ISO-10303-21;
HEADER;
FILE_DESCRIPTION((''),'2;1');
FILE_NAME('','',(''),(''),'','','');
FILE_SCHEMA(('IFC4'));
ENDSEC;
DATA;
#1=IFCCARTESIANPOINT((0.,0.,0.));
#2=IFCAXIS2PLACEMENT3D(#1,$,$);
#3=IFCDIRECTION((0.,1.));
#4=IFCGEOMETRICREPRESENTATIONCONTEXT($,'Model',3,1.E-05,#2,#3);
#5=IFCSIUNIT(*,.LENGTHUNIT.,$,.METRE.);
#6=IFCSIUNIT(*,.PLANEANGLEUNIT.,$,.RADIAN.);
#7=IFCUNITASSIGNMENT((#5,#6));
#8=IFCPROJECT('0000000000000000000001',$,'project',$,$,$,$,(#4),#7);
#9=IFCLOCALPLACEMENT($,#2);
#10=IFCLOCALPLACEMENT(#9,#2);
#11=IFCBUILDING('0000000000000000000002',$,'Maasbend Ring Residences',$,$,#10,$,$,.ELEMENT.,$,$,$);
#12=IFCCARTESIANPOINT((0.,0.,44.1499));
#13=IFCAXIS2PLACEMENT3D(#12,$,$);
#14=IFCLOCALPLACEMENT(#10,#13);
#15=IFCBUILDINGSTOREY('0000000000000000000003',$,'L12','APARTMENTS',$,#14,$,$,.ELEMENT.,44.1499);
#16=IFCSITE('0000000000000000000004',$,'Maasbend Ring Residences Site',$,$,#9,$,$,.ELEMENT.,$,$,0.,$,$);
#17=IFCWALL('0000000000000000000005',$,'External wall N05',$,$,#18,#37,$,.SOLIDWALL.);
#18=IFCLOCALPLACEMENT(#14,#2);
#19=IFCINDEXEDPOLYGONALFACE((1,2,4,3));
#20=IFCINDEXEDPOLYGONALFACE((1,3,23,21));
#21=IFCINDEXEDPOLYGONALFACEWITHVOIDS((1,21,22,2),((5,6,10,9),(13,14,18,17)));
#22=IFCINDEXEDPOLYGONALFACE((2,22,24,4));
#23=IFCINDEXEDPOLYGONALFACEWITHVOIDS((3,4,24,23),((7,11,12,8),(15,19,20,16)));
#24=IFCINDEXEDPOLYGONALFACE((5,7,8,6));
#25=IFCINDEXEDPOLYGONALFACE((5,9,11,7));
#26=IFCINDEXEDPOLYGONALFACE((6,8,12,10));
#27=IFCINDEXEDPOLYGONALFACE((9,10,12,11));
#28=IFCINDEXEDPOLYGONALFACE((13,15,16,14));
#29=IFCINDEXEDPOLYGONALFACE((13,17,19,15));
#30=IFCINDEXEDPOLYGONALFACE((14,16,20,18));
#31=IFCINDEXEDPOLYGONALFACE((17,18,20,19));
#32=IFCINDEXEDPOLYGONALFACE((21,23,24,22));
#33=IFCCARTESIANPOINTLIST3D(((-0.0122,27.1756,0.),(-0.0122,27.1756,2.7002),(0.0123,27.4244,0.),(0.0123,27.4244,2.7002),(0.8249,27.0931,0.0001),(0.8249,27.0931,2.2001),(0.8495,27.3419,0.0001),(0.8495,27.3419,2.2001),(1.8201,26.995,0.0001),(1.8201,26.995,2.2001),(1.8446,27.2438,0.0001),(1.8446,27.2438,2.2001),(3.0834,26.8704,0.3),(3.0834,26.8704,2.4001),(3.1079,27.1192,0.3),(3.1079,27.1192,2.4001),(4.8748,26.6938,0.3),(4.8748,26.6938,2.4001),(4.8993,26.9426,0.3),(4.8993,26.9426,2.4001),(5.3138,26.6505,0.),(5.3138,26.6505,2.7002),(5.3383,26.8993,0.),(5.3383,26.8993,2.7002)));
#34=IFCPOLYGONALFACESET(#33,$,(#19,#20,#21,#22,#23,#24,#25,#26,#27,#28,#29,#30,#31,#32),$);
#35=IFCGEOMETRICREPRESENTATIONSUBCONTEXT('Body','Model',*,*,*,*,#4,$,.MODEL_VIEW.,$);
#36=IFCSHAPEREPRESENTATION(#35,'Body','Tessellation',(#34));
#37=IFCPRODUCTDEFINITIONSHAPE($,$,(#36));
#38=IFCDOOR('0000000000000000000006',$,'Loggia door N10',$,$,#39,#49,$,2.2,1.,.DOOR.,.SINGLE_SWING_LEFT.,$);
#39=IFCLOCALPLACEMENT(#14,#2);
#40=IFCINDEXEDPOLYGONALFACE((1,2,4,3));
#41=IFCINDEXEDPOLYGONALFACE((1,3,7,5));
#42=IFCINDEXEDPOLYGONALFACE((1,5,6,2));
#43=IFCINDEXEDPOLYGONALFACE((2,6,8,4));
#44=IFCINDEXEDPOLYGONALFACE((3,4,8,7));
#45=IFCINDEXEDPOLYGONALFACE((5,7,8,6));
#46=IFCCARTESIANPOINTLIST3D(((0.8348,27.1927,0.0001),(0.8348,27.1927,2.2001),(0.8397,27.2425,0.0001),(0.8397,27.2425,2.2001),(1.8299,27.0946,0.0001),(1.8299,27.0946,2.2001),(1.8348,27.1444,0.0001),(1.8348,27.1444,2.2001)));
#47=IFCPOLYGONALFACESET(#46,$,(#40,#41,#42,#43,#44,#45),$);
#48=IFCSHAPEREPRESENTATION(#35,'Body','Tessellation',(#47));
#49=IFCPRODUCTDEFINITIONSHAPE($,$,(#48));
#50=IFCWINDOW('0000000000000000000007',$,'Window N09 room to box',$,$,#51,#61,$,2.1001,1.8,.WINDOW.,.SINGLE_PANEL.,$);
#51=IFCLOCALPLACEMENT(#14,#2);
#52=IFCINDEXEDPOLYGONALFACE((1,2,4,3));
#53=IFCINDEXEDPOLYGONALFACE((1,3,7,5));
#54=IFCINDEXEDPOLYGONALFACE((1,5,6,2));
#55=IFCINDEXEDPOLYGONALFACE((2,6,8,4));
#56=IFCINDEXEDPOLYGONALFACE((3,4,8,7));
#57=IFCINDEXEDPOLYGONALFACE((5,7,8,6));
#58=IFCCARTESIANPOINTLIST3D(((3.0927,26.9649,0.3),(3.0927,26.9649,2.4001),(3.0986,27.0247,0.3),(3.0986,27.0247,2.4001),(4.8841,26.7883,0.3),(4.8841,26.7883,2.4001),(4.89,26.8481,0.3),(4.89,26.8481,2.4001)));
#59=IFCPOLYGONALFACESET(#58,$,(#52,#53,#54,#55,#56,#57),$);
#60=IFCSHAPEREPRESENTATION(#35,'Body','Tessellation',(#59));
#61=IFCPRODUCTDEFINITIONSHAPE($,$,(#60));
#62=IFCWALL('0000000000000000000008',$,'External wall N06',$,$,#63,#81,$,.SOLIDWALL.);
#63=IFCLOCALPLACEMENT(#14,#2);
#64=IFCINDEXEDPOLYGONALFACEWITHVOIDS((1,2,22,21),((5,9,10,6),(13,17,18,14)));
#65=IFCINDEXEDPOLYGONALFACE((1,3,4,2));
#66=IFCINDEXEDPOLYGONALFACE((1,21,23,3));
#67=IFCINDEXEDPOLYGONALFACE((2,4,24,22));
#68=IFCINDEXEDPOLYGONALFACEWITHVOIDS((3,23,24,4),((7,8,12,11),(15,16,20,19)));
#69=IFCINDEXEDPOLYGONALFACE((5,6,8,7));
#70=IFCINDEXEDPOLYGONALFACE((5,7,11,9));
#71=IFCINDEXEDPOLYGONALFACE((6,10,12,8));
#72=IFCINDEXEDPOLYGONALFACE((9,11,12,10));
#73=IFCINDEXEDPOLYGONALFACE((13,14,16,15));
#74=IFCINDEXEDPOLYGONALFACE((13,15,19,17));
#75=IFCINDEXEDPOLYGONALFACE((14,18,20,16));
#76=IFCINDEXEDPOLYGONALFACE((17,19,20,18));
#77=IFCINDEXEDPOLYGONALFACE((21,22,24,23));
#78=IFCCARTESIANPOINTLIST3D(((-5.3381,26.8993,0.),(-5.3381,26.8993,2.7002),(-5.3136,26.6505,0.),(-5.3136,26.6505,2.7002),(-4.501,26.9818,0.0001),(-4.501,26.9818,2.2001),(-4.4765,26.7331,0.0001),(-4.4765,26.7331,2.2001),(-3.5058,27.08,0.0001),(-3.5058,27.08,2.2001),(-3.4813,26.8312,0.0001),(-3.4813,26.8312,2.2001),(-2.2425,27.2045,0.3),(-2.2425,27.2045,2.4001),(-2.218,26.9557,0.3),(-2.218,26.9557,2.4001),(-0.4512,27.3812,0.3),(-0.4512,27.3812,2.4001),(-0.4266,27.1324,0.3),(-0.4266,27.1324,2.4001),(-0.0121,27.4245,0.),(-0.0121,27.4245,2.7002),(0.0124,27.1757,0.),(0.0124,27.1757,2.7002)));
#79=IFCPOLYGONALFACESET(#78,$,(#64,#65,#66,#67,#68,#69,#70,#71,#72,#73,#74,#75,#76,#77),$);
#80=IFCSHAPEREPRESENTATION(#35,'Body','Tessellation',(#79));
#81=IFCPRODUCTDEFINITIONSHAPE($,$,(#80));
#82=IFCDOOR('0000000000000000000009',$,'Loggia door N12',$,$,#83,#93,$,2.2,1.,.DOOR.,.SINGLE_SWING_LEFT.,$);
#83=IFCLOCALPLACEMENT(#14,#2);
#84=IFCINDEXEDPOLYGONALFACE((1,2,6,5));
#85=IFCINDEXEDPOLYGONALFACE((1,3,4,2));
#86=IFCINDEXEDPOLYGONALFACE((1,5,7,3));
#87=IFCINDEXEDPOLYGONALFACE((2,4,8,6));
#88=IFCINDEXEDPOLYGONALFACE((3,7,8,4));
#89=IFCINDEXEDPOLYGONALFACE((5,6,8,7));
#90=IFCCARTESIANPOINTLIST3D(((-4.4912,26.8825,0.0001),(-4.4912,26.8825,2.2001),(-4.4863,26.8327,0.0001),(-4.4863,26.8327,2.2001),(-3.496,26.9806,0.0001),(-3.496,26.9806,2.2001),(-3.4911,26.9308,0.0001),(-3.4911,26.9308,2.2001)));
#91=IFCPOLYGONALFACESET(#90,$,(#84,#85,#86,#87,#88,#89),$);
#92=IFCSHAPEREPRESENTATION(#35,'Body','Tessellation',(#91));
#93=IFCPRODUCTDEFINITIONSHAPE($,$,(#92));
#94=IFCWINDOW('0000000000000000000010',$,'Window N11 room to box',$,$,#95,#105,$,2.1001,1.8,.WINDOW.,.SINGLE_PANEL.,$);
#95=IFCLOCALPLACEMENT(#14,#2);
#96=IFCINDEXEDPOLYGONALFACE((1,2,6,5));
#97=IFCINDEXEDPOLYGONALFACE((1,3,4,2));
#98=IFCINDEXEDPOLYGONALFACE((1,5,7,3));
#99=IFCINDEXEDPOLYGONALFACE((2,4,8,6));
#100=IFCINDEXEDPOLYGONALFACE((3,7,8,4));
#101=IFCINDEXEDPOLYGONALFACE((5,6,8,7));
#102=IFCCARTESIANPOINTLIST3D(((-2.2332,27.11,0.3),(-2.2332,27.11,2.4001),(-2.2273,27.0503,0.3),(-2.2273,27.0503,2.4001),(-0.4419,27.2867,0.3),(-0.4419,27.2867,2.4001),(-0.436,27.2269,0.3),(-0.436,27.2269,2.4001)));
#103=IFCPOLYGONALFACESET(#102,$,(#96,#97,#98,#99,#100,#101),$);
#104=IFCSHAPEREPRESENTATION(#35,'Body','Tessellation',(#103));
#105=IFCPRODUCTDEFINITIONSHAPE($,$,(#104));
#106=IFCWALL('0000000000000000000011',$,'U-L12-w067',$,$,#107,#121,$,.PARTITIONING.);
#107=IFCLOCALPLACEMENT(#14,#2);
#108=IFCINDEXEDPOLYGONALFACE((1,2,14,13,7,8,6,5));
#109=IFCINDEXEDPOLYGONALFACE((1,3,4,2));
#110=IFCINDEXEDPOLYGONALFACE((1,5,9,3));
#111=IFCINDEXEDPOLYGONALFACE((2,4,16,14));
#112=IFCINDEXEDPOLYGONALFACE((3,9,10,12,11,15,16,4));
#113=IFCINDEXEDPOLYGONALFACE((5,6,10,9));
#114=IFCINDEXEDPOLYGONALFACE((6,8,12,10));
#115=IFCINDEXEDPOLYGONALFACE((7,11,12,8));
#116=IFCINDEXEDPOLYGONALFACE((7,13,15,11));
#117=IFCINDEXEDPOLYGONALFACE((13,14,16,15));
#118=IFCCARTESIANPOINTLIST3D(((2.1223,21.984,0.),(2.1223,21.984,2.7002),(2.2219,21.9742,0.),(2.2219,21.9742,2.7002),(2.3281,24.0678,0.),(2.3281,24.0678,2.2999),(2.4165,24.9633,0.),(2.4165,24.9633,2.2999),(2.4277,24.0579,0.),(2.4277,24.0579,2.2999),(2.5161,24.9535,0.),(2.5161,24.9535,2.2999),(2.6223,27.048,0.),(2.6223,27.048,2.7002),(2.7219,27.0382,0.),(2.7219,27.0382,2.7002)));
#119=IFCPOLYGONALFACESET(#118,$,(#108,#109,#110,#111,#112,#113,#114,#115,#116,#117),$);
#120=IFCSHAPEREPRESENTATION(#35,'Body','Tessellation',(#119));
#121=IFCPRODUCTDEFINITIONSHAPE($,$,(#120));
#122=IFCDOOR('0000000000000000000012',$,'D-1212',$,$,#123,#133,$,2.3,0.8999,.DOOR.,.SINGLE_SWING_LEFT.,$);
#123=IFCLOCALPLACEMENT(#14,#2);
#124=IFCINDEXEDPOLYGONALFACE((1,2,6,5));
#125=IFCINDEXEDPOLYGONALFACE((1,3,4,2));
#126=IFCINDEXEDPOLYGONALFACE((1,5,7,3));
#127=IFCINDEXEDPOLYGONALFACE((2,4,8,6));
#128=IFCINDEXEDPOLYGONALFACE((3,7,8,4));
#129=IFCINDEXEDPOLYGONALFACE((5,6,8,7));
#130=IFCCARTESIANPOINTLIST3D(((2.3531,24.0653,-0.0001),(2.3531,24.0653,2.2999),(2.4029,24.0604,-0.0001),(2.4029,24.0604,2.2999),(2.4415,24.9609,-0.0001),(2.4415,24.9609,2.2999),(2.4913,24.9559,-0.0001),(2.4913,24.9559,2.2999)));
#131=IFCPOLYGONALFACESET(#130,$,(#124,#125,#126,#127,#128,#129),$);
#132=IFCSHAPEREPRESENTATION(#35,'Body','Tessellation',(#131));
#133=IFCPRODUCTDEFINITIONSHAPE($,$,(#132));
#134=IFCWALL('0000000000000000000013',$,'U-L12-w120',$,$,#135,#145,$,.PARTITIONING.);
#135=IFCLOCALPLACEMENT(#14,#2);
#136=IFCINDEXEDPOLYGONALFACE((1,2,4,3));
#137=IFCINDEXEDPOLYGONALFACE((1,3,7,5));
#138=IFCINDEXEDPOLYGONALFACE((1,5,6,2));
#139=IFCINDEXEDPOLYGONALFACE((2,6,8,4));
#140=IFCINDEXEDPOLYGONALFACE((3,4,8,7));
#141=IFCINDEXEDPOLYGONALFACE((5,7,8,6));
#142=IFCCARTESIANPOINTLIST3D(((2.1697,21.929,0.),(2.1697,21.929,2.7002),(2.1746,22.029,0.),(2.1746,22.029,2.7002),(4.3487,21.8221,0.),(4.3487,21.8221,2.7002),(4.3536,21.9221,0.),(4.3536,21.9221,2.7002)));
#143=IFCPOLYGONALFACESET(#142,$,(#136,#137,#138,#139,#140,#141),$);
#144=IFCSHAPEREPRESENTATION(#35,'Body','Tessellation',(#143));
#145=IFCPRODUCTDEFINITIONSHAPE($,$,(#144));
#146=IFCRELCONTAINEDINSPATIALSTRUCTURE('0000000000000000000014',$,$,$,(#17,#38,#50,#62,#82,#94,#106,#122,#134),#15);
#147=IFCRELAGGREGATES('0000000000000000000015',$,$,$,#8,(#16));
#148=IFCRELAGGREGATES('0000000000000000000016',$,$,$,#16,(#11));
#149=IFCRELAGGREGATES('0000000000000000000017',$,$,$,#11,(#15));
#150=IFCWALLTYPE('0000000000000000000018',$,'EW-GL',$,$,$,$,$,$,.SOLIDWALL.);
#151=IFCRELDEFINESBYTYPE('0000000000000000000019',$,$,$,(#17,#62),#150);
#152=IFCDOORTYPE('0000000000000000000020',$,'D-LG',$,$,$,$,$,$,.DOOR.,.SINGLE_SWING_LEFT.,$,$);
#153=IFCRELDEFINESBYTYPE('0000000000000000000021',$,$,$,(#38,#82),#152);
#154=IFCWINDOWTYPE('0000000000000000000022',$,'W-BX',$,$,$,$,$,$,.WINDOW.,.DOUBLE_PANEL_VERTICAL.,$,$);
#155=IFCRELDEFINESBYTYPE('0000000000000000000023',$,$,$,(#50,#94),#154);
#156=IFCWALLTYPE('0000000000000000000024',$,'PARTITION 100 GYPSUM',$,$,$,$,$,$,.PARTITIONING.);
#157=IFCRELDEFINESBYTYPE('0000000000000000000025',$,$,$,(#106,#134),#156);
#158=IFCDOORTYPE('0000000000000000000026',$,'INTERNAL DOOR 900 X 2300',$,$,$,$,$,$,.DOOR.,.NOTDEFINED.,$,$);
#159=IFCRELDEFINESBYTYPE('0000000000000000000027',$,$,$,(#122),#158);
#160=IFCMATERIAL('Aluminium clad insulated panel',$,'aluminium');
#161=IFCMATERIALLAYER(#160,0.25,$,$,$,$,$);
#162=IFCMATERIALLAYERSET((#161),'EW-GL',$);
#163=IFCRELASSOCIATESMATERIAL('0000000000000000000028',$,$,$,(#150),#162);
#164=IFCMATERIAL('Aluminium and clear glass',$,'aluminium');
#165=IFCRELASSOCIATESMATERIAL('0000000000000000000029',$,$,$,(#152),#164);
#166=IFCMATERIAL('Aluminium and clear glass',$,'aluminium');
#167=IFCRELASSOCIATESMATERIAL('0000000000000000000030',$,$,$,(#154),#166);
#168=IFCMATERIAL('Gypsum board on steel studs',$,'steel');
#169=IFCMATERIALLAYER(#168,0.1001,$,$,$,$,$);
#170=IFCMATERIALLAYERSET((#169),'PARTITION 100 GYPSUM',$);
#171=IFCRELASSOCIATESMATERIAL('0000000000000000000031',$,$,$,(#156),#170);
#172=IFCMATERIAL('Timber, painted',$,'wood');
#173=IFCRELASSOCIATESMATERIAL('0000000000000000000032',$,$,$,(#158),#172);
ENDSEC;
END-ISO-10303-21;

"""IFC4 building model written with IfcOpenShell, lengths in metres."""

from ifc_helpers import new_model, si_unit, direction, frame, frame_2d, origin, place, context, subcontext, project, spatial, rectangle, extrude, material, layer, layer_set, type_object, element, fill, save


model = new_model("IFC4")

# Units and contexts
model_context = context("Model", 3, precision=1e-05, world=origin(), true_north=direction((0.0, 1.0)))
body_context = subcontext(model_context, "Body", "Model", "MODEL_VIEW")
ifc_project = project(units=[si_unit("LENGTHUNIT", "METRE"), si_unit("PLANEANGLEUNIT", "RADIAN")], contexts=[model_context])

# Site, building, storey
site_placement = place(None, origin())
site = spatial("IfcSite", under=ifc_project, at=site_placement, Name="Maasbend Ring Residences Site", CompositionType="ELEMENT", RefElevation=0.0)
building_placement = place(site_placement, origin())
building = spatial("IfcBuilding", under=site, at=building_placement, Name="Maasbend Ring Residences", CompositionType="ELEMENT")
storey_placement = place(building_placement, frame((0.0, 0.0, 44.1499)))
storey = spatial("IfcBuildingStorey", under=building, at=storey_placement, Name="L12", Description="APARTMENTS", CompositionType="ELEMENT", Elevation=44.1499)

# Walls, openings, doors, windows
ifc_material_1 = material(Name="Aluminium clad insulated panel", Category="aluminium")
ifc_layer_1 = layer(ifc_material_1, 0.25)
ifc_layer_set_1 = layer_set([ifc_layer_1], Name="EW-GL")
wall_type_1 = type_object("IfcWallType", Name="EW-GL", PredefinedType="SOLIDWALL", material=ifc_layer_set_1)
ifc_material_2 = material(Name="Aluminium and clear glass", Category="aluminium")
door_type_1 = type_object("IfcDoorType", Name="D-LG", OperationType="SINGLE_SWING_LEFT", PredefinedType="DOOR", material=ifc_material_2)
ifc_material_3 = material(Name="Aluminium and clear glass", Category="aluminium")
window_type_1 = type_object("IfcWindowType", Name="W-BX", PartitioningType="DOUBLE_PANEL_VERTICAL", PredefinedType="WINDOW", material=ifc_material_3)
wall_1_placement = place(storey_placement, frame((5.3259, 26.7749, 0.0), z_axis=(0.0, 0.0, 1.0), x_axis=(-0.995174, 0.098126, 0.0)))
wall_1 = element("IfcWall", 1, at=wall_1_placement, inside=storey, type_object=wall_type_1, Name="External wall N05", PredefinedType="SOLIDWALL", context=body_context, shape_type="SweptSolid", body=[
    extrude(rectangle(XDim=5.3518, YDim=0.25, at=frame_2d((2.6758, 0.0))), origin(), (0.0, 0.0, 1.0), 2.7002),
])
opening_1_placement = place(wall_1_placement, frame((0.4412, 0.0, 0.3)))
opening_1 = element("IfcOpeningElement", 2, at=opening_1_placement, cuts=wall_1, PredefinedType="OPENING", context=body_context, shape_type="SweptSolid", body=[
    extrude(rectangle(XDim=1.8, YDim=2.1001, at=frame_2d((0.8999, 1.05))), frame((0.0, 0.135, 0.0), z_axis=(0.0, -1.0, 0.0), x_axis=(1.0, 0.0, 0.0)), (0.0, 0.0, 1.0), 0.27),
])
opening_2_placement = place(wall_1_placement, frame((3.5105, 0.0, 0.0)))
opening_2 = element("IfcOpeningElement", 3, at=opening_2_placement, cuts=wall_1, PredefinedType="OPENING", context=body_context, shape_type="SweptSolid", body=[
    extrude(rectangle(XDim=1.0, YDim=2.2, at=frame_2d((0.5, 1.1001))), frame((0.0, 0.135, 0.0), z_axis=(0.0, -1.0, 0.0), x_axis=(1.0, 0.0, 0.0)), (0.0, 0.0, 1.0), 0.27),
])
door_1_placement = place(opening_2_placement, origin())
door_1 = element("IfcDoor", 4, at=door_1_placement, inside=storey, type_object=door_type_1, Name="Loggia door N10", OperationType="SINGLE_SWING_LEFT", OverallHeight=2.2, OverallWidth=1.0, PredefinedType="DOOR", context=body_context, shape_type="SweptSolid", body=[
    extrude(rectangle(XDim=1.0, YDim=2.2, at=frame_2d((0.5, 1.1001))), frame((0.0, 0.0249, 0.0), z_axis=(0.0, -1.0, 0.0), x_axis=(1.0, 0.0, 0.0)), (0.0, 0.0, 1.0), 0.05),
])
fill(opening_2, door_1)
window_1_placement = place(opening_1_placement, origin())
window_1 = element("IfcWindow", 5, at=window_1_placement, inside=storey, type_object=window_type_1, Name="Window N09 room to box", OverallHeight=2.1001, OverallWidth=1.8, PartitioningType="SINGLE_PANEL", PredefinedType="WINDOW", context=body_context, shape_type="SweptSolid", body=[
    extrude(rectangle(XDim=1.8, YDim=2.1001, at=frame_2d((0.8999, 1.05))), frame((0.0, 0.03, 0.0), z_axis=(0.0, -1.0, 0.0), x_axis=(1.0, 0.0, 0.0)), (0.0, 0.0, 1.0), 0.0601),
])
fill(opening_1, window_1)
wall_2_placement = place(storey_placement, frame((0.0, 27.3, 0.0), z_axis=(0.0, 0.0, 1.0), x_axis=(-0.995174, -0.098126, 0.0)))
wall_2 = element("IfcWall", 6, at=wall_2_placement, inside=storey, type_object=wall_type_1, Name="External wall N06", PredefinedType="SOLIDWALL", context=body_context, shape_type="SweptSolid", body=[
    extrude(rectangle(XDim=5.3518, YDim=0.25, at=frame_2d((2.6758, 0.0))), origin(), (0.0, 0.0, 1.0), 2.7002),
])
opening_3_placement = place(wall_2_placement, frame((0.4412, 0.0, 0.3)))
opening_3 = element("IfcOpeningElement", 7, at=opening_3_placement, cuts=wall_2, PredefinedType="OPENING", context=body_context, shape_type="SweptSolid", body=[
    extrude(rectangle(XDim=1.8, YDim=2.1001, at=frame_2d((0.8999, 1.05))), frame((0.0, 0.135, 0.0), z_axis=(0.0, -1.0, 0.0), x_axis=(1.0, 0.0, 0.0)), (0.0, 0.0, 1.0), 0.27),
])
opening_4_placement = place(wall_2_placement, frame((3.5105, 0.0, 0.0)))
opening_4 = element("IfcOpeningElement", 8, at=opening_4_placement, cuts=wall_2, PredefinedType="OPENING", context=body_context, shape_type="SweptSolid", body=[
    extrude(rectangle(XDim=1.0, YDim=2.2, at=frame_2d((0.5, 1.1001))), frame((0.0, 0.135, 0.0), z_axis=(0.0, -1.0, 0.0), x_axis=(1.0, 0.0, 0.0)), (0.0, 0.0, 1.0), 0.27),
])
door_2_placement = place(opening_4_placement, origin())
door_2 = element("IfcDoor", 9, at=door_2_placement, inside=storey, type_object=door_type_1, Name="Loggia door N12", OperationType="SINGLE_SWING_LEFT", OverallHeight=2.2, OverallWidth=1.0, PredefinedType="DOOR", context=body_context, shape_type="SweptSolid", body=[
    extrude(rectangle(XDim=1.0, YDim=2.2, at=frame_2d((0.5, 1.1001))), frame((0.0, 0.0249, 0.0), z_axis=(0.0, -1.0, 0.0), x_axis=(1.0, 0.0, 0.0)), (0.0, 0.0, 1.0), 0.05),
])
fill(opening_4, door_2)
window_2_placement = place(opening_3_placement, origin())
window_2 = element("IfcWindow", 10, at=window_2_placement, inside=storey, type_object=window_type_1, Name="Window N11 room to box", OverallHeight=2.1001, OverallWidth=1.8, PartitioningType="SINGLE_PANEL", PredefinedType="WINDOW", context=body_context, shape_type="SweptSolid", body=[
    extrude(rectangle(XDim=1.8, YDim=2.1001, at=frame_2d((0.8999, 1.05))), frame((0.0, 0.03, 0.0), z_axis=(0.0, -1.0, 0.0), x_axis=(1.0, 0.0, 0.0)), (0.0, 0.0, 1.0), 0.0601),
])
fill(opening_3, window_2)

# Wall, opening, door
ifc_material_4 = material(Name="Gypsum board on steel studs", Category="steel")
ifc_layer_2 = layer(ifc_material_4, 0.1001)
ifc_layer_set_2 = layer_set([ifc_layer_2], Name="PARTITION 100 GYPSUM")
wall_type_2 = type_object("IfcWallType", Name="PARTITION 100 GYPSUM", PredefinedType="PARTITIONING", material=ifc_layer_set_2)
wall_3_placement = place(storey_placement, frame((2.1721, 21.979, 0.0), z_axis=(0.0, 0.0, 1.0), x_axis=(0.098259, 0.995161, 0.0)))
wall_3 = element("IfcWall", 11, at=wall_3_placement, inside=storey, type_object=wall_type_2, Name="U-L12-w067", PredefinedType="PARTITIONING", context=body_context, shape_type="SweptSolid", body=[
    extrude(rectangle(XDim=5.0886, YDim=0.1001, at=frame_2d((2.5444, 0.0))), origin(), (0.0, 0.0, 1.0), 2.7002),
])
opening_5_placement = place(wall_3_placement, frame((2.094, 0.0, 0.0)))
opening_5 = element("IfcOpeningElement", 12, at=opening_5_placement, cuts=wall_3, PredefinedType="OPENING", context=body_context, shape_type="SweptSolid", body=[
    extrude(rectangle(XDim=0.8999, YDim=2.3, at=frame_2d((0.45, 1.1499))), frame((0.0, 0.0601, 0.0), z_axis=(0.0, -1.0, 0.0), x_axis=(1.0, 0.0, 0.0)), (0.0, 0.0, 1.0), 0.1201),
])
ifc_material_5 = material(Name="Timber, painted", Category="wood")
door_type_2 = type_object("IfcDoorType", Name="INTERNAL DOOR 900 X 2300", OperationType="NOTDEFINED", PredefinedType="DOOR", material=ifc_material_5)
door_3_placement = place(opening_5_placement, origin())
door_3 = element("IfcDoor", 13, at=door_3_placement, inside=storey, type_object=door_type_2, Name="D-1212", OperationType="SINGLE_SWING_LEFT", OverallHeight=2.3, OverallWidth=0.8999, PredefinedType="DOOR", context=body_context, shape_type="SweptSolid", body=[
    extrude(rectangle(XDim=0.8999, YDim=2.3, at=frame_2d((0.45, 1.1499))), frame((0.0, 0.0249, 0.0), z_axis=(0.0, -1.0, 0.0), x_axis=(1.0, 0.0, 0.0)), (0.0, 0.0, 1.0), 0.05),
])
fill(opening_5, door_3)

# Wall
wall_4_placement = place(storey_placement, frame((2.1721, 21.979, 0.0), z_axis=(0.0, 0.0, 1.0), x_axis=(0.998798, -0.049017, 0.0)))
element("IfcWall", 14, at=wall_4_placement, inside=storey, type_object=wall_type_2, Name="U-L12-w120", PredefinedType="PARTITIONING", context=body_context, shape_type="SweptSolid", body=[
    extrude(rectangle(XDim=2.1816, YDim=0.1001, at=frame_2d((1.0908, 0.0))), origin(), (0.0, 0.0, 1.0), 2.7002),
])

save(model, "model.ifc")
